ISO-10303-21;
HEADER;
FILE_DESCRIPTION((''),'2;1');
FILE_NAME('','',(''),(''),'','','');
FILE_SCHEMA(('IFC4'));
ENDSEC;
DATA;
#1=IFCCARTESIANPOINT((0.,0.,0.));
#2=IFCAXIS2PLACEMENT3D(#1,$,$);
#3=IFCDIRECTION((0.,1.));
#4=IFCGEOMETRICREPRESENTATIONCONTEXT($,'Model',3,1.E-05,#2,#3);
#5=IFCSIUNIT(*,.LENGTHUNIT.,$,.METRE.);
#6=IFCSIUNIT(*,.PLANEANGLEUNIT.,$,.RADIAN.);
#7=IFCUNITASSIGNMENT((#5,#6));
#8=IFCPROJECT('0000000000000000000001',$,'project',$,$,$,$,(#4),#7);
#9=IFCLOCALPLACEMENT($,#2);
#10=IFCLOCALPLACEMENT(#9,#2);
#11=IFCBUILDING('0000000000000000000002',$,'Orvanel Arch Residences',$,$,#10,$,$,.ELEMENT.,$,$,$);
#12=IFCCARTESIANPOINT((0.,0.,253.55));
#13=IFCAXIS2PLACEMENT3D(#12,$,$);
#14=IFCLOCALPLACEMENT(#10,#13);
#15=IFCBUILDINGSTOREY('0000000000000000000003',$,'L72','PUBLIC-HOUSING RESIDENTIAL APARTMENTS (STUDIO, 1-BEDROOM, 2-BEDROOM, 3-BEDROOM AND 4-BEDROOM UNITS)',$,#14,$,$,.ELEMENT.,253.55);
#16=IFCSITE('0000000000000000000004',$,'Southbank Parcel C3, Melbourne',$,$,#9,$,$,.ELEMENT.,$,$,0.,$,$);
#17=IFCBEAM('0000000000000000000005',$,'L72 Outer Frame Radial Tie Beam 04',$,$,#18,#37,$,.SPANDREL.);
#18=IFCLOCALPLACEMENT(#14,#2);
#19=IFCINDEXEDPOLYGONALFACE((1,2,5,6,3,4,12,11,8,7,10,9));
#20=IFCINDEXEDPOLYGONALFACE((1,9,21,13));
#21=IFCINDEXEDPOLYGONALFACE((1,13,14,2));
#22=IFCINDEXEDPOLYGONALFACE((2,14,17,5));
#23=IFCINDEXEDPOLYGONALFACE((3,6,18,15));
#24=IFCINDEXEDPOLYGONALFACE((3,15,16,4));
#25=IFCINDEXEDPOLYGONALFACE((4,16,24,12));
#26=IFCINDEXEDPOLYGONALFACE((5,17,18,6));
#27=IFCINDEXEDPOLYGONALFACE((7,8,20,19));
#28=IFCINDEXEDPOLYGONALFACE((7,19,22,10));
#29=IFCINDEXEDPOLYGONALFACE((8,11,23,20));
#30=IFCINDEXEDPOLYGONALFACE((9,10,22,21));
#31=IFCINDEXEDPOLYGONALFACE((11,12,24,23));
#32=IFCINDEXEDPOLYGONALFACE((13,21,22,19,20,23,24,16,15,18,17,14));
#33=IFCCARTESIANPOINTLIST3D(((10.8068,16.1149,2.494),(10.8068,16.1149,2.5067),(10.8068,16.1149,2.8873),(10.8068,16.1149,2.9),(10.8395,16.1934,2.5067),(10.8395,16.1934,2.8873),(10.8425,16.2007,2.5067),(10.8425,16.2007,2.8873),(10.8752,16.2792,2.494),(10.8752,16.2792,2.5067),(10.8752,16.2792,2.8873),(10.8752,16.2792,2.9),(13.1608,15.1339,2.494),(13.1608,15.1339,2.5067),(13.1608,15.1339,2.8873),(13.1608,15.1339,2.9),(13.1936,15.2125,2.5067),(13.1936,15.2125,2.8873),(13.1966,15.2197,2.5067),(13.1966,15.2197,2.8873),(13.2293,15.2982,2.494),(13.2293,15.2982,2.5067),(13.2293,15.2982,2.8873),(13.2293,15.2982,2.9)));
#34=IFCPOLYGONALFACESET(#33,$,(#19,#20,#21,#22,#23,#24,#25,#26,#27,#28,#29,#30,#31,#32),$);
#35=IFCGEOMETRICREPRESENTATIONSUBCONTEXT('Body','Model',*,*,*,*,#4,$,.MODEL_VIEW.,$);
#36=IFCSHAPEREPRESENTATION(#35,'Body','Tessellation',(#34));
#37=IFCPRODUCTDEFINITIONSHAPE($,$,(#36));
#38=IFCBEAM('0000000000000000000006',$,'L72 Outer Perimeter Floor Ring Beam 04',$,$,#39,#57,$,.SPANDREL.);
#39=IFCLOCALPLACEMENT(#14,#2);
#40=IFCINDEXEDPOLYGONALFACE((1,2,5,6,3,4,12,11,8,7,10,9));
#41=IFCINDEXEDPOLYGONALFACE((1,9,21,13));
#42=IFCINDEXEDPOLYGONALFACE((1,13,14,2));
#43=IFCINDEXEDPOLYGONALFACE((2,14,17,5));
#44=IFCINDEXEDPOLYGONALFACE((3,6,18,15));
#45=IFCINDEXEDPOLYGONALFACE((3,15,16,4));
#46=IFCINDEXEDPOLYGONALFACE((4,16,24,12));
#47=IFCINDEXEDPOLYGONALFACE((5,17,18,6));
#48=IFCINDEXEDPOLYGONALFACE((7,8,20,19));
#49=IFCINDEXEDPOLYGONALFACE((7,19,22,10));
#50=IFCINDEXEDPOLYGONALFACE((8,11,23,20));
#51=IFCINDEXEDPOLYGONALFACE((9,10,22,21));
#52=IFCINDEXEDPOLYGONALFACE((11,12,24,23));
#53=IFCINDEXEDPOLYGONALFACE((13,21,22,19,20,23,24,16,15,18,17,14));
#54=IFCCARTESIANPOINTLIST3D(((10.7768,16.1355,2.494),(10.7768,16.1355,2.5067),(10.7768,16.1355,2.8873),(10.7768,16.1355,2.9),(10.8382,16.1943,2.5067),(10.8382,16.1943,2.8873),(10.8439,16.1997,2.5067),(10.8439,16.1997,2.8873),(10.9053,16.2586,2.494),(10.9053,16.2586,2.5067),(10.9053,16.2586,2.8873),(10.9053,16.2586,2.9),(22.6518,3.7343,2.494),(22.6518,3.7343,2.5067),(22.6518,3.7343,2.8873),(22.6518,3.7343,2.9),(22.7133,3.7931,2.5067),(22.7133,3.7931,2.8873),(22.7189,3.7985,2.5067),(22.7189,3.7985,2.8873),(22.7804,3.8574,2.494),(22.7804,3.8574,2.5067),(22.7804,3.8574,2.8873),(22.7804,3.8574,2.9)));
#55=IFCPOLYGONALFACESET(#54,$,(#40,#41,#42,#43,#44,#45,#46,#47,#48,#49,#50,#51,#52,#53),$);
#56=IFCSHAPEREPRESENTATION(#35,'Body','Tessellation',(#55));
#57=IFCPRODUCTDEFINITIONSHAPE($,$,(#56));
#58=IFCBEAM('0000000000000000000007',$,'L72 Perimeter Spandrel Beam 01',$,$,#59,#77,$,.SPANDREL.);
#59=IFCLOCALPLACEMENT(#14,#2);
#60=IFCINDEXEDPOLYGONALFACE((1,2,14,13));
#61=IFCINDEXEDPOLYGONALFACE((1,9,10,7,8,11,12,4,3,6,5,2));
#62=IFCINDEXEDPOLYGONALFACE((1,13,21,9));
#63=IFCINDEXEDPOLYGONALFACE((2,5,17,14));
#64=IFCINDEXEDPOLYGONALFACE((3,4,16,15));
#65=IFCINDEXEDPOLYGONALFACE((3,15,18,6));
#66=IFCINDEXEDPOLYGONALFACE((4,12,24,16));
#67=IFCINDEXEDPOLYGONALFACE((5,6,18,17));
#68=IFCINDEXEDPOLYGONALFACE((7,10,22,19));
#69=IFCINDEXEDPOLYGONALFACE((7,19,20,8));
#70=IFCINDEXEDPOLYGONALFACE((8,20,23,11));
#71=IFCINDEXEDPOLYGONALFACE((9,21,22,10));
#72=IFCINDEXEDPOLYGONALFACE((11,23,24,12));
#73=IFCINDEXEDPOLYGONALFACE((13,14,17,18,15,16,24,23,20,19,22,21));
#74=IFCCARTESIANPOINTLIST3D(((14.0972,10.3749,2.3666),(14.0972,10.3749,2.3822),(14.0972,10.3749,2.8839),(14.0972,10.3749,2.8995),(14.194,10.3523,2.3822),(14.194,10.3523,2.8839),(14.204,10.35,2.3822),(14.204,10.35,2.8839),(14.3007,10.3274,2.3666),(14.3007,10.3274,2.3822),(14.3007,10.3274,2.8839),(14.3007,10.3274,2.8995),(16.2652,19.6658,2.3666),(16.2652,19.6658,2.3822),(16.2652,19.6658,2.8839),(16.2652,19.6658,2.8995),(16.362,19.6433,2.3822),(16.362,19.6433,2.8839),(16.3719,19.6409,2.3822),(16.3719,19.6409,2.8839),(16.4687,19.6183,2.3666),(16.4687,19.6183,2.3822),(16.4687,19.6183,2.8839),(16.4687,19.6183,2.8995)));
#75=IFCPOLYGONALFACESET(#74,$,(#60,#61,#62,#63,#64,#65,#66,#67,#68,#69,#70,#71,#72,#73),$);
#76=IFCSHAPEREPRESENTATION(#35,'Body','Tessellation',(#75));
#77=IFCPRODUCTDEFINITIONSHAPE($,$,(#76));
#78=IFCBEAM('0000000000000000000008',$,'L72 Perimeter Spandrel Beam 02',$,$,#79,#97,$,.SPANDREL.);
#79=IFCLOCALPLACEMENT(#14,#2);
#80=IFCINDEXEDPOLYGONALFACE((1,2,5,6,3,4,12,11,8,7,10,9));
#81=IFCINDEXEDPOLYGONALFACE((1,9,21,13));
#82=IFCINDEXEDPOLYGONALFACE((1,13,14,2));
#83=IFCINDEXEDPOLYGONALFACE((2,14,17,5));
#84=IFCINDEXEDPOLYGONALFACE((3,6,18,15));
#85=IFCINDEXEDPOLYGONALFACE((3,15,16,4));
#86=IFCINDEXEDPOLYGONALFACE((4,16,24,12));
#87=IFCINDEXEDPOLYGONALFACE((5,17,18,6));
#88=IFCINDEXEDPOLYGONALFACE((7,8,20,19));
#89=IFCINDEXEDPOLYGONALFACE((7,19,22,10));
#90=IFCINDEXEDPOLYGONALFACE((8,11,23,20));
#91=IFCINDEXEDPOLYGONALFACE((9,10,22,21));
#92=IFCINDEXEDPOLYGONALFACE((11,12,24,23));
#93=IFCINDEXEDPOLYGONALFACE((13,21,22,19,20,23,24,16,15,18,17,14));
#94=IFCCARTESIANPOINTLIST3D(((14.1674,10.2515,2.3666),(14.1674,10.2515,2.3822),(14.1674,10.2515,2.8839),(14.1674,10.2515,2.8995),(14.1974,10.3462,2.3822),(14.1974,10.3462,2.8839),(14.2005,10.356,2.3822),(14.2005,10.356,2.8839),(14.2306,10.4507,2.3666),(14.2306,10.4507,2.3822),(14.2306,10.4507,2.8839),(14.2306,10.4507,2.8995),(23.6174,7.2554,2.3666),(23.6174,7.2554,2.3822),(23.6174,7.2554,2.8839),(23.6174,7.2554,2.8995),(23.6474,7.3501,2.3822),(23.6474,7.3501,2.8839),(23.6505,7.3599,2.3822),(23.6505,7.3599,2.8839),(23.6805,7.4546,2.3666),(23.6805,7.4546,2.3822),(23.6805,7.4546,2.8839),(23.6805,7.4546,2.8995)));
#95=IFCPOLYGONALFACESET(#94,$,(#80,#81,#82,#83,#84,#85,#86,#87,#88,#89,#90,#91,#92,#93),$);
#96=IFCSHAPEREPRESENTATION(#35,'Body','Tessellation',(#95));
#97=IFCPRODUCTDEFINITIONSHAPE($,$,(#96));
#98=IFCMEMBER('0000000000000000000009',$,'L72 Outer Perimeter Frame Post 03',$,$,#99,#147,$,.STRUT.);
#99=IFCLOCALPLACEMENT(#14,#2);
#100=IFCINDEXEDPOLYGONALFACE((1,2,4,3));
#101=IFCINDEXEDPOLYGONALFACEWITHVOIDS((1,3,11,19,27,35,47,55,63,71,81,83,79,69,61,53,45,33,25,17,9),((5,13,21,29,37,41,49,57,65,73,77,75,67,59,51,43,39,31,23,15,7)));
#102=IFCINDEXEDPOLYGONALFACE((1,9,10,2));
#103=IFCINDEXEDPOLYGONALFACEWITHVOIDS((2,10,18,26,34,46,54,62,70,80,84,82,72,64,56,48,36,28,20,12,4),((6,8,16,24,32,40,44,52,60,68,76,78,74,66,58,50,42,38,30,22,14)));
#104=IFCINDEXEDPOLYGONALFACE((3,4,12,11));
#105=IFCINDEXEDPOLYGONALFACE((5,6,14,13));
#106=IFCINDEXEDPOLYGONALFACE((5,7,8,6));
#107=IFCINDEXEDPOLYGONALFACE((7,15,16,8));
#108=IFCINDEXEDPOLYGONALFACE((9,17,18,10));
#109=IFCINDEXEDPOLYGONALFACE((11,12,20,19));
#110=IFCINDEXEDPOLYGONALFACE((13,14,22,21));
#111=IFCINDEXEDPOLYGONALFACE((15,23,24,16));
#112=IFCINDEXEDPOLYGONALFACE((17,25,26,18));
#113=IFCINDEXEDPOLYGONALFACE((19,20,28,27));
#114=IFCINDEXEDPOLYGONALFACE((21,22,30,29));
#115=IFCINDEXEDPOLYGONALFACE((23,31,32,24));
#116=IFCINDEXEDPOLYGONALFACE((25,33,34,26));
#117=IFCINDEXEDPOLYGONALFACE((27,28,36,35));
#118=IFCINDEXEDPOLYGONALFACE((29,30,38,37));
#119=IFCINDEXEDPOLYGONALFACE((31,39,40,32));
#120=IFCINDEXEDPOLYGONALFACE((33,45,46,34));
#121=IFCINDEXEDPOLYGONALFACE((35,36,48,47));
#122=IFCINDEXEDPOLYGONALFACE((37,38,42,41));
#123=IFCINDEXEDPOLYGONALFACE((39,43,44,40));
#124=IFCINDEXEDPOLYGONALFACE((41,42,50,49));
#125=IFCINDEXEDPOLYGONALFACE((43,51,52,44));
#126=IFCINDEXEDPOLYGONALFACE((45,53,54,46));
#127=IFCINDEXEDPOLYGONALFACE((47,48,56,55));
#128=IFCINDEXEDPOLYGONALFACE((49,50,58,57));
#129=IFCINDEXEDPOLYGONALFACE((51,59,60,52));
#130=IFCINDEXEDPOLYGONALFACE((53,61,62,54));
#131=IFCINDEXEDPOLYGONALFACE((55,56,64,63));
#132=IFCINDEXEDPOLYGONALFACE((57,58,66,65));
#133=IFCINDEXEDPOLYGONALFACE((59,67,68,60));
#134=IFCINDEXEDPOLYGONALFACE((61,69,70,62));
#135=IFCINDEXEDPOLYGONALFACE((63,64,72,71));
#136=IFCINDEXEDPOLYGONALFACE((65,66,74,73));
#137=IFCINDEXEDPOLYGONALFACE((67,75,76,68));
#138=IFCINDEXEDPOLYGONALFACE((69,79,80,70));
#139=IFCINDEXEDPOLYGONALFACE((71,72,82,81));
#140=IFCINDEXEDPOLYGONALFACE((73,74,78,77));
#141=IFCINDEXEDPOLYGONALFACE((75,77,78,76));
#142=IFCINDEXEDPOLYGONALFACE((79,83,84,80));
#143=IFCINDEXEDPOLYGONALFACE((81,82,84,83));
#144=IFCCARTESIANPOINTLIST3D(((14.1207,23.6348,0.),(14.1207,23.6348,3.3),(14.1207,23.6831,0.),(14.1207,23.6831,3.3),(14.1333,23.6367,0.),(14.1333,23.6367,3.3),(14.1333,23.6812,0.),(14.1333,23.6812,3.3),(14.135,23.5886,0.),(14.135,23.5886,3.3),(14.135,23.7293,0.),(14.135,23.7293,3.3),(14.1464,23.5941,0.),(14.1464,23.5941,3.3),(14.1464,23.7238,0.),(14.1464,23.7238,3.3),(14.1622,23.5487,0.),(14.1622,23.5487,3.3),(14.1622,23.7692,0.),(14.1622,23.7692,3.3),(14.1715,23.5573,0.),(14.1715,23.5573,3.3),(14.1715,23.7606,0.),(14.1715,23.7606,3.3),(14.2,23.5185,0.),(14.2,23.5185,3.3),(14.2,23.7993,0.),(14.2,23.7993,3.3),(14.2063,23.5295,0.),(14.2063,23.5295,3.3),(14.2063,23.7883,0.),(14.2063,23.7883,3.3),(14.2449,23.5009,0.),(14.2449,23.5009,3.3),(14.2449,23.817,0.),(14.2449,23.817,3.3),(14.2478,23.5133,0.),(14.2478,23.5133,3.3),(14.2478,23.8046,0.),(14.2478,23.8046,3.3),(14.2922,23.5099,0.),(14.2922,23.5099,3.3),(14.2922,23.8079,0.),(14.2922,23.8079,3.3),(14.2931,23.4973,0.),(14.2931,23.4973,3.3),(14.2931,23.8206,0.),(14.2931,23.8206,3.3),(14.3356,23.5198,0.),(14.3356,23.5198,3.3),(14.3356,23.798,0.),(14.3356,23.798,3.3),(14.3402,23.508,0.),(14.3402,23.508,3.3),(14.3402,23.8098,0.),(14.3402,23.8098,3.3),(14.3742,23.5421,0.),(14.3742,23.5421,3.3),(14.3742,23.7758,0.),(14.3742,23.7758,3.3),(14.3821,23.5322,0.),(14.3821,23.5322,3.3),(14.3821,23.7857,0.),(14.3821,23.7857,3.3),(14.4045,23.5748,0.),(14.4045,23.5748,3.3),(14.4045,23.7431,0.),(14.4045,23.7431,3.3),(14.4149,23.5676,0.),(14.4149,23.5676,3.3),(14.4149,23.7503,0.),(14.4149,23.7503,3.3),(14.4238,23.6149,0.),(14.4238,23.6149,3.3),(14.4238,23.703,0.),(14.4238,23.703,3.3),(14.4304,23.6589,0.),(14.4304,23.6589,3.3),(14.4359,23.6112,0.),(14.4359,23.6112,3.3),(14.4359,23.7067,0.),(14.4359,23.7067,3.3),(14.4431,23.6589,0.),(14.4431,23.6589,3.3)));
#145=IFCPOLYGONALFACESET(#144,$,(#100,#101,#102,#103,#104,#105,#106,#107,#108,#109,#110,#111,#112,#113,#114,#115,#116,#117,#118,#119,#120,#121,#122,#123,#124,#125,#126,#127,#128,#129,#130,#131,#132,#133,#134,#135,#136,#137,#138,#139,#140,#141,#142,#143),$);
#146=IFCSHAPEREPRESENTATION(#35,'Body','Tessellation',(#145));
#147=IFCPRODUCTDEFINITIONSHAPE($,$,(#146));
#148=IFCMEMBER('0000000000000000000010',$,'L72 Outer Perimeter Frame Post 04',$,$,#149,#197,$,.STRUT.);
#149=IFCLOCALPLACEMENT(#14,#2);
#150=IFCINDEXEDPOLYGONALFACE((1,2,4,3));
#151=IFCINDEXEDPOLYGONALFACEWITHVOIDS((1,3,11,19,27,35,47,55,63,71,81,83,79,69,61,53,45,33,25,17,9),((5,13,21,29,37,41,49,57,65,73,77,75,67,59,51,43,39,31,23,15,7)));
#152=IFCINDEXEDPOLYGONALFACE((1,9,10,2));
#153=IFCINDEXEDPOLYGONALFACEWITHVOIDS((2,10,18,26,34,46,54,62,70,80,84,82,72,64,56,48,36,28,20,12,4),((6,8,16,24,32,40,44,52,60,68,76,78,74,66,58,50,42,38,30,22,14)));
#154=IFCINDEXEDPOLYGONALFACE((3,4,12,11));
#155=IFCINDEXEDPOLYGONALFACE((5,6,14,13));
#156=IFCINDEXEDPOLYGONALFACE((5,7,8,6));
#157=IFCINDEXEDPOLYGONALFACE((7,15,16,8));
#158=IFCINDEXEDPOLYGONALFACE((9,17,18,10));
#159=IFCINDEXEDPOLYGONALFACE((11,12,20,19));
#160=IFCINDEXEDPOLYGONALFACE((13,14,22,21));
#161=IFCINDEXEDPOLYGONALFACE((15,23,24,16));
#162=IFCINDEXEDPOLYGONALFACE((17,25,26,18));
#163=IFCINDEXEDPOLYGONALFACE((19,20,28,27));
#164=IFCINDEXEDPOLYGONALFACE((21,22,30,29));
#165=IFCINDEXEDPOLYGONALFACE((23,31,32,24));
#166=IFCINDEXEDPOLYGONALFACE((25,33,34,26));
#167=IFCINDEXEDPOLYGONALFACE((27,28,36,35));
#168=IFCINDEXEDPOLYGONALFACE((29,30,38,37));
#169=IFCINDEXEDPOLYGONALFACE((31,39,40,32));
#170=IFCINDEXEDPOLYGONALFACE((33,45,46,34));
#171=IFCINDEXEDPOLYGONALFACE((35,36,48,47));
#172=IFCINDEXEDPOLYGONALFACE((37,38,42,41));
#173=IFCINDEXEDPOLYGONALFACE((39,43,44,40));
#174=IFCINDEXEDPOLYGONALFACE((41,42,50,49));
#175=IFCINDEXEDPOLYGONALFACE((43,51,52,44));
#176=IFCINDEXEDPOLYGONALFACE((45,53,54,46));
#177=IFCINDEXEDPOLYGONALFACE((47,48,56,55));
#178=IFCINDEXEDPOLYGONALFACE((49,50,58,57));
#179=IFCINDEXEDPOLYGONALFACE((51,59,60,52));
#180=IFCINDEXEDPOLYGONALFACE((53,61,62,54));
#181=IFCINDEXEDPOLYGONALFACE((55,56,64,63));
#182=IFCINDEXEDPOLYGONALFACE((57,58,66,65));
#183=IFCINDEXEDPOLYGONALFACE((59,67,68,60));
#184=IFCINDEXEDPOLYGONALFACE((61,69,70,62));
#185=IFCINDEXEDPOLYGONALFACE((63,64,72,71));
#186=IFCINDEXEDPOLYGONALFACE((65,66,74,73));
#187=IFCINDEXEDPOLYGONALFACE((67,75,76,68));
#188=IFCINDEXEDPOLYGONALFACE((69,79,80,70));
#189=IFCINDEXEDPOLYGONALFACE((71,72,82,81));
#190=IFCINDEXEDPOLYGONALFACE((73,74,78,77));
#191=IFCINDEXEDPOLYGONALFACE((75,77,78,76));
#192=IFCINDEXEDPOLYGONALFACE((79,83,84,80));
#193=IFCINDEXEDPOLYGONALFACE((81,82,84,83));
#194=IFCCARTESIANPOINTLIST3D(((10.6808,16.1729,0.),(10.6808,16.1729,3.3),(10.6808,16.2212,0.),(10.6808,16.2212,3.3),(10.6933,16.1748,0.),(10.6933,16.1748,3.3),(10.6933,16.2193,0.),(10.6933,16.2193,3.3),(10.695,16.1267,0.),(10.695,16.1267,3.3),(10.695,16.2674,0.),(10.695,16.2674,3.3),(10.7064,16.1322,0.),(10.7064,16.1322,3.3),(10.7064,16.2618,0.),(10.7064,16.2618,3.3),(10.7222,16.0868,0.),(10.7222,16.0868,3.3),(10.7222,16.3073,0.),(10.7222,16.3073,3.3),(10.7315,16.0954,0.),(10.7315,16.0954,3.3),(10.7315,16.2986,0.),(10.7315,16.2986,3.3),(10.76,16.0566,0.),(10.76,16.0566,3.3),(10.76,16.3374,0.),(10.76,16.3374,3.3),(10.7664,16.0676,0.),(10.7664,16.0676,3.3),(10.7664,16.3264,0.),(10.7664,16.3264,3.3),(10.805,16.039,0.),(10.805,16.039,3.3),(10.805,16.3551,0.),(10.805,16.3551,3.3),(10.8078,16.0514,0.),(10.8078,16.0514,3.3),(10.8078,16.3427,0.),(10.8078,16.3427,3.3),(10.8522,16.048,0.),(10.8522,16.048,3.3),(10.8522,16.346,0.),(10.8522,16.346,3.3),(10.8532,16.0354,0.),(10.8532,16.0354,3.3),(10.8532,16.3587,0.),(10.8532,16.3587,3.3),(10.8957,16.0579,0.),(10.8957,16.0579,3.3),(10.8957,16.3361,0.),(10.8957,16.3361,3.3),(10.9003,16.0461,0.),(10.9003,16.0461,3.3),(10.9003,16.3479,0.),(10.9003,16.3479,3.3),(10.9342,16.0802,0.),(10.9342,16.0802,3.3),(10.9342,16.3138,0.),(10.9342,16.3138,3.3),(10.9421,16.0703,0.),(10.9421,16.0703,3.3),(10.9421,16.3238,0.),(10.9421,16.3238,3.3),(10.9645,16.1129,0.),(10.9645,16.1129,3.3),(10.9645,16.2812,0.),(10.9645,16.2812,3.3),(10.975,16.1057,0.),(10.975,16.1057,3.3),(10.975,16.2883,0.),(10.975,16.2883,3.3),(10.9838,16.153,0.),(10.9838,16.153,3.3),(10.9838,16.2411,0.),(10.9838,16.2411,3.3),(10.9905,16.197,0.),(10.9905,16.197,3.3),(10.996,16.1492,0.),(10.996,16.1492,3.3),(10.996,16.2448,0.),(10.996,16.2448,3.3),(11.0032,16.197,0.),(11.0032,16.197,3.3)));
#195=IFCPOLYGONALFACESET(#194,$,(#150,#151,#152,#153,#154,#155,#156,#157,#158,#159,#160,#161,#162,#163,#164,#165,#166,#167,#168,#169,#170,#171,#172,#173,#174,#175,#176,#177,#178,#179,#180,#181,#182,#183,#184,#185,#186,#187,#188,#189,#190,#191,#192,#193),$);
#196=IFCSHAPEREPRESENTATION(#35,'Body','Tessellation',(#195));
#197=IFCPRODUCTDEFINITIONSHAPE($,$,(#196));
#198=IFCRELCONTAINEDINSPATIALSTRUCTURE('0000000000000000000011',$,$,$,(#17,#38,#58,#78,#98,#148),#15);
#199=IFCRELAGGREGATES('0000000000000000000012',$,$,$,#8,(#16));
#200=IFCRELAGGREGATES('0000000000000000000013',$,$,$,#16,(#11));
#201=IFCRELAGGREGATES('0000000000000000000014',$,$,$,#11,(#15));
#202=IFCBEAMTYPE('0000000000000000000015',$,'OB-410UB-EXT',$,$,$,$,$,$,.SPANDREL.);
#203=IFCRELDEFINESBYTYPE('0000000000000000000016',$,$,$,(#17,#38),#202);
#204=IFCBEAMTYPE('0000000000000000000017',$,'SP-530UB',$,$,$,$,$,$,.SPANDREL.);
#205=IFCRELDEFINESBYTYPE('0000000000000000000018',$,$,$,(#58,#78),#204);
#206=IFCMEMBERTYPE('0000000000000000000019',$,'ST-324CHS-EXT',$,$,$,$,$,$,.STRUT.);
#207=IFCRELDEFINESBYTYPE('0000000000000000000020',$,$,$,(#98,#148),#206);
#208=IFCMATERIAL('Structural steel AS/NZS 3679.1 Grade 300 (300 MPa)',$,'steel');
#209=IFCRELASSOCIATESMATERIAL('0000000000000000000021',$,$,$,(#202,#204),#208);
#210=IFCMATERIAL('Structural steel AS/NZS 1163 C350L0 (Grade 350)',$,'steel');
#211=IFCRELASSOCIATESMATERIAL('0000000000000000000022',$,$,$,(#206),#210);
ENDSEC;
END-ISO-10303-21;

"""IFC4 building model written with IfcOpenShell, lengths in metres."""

from ifc_helpers import new_model, si_unit, direction, frame, origin, origin_2d, place, context, subcontext, project, spatial, hollow_circle, i_section, extrude, material, material_profile, profile_set, type_object, element, save


model = new_model("IFC4")

# Units and contexts
model_context = context("Model", 3, precision=1e-05, world=origin(), true_north=direction((0.0, 1.0)))
body_context = subcontext(model_context, "Body", "Model", "MODEL_VIEW")
ifc_project = project(units=[si_unit("LENGTHUNIT", "METRE"), si_unit("PLANEANGLEUNIT", "RADIAN")], contexts=[model_context])

# Site, building, storey
site_placement = place(None, origin())
site = spatial("IfcSite", under=ifc_project, at=site_placement, Name="Southbank Parcel C3, Melbourne", CompositionType="ELEMENT", RefElevation=0.0)
building_placement = place(site_placement, origin())
building = spatial("IfcBuilding", under=site, at=building_placement, Name="Orvanel Arch Residences", CompositionType="ELEMENT")
storey_placement = place(building_placement, frame((0.0, 0.0, 253.55)))
storey = spatial("IfcBuildingStorey", under=building, at=storey_placement, Name="L72", Description="PUBLIC-HOUSING RESIDENTIAL APARTMENTS (STUDIO, 1-BEDROOM, 2-BEDROOM, 3-BEDROOM AND 4-BEDROOM UNITS)", CompositionType="ELEMENT", Elevation=253.55)

# Beams
ifc_material_1 = material(Name="Structural steel AS/NZS 3679.1 Grade 300 (300 MPa)", Category="steel")
ifc_material_profile_1 = material_profile(ifc_material_1, i_section(OverallWidth=0.178, OverallDepth=0.406, WebThickness=0.0078, FlangeThickness=0.0127, at=origin_2d()), Name="410UB59.7")
ifc_profile_set_1 = profile_set([ifc_material_profile_1], Name="Structural steel AS/NZS 3679.1 Grade 300 (300 MPa)")
beam_type_1 = type_object("IfcBeamType", Name="OB-410UB-EXT", PredefinedType="SPANDREL", material=ifc_profile_set_1)
beam_1_placement = place(storey_placement, frame((13.1951, 15.2161, 2.697), z_axis=(-0.92306, 0.384656, 0.0), x_axis=(-0.384656, -0.92306, 0.0)))
element("IfcBeam", 1, at=beam_1_placement, inside=storey, type_object=beam_type_1, Name="L72 Outer Frame Radial Tie Beam 04", PredefinedType="SPANDREL", context=body_context, shape_type="SweptSolid", body=[
    extrude(i_section(OverallWidth=0.178, OverallDepth=0.406, WebThickness=0.0078, FlangeThickness=0.0127, at=origin_2d()), origin(), (0.0, 0.0, 1.0), 2.5503),
])
beam_2_placement = place(storey_placement, frame((10.8411, 16.197, 2.697), z_axis=(0.69162, -0.722262, 0.0), x_axis=(0.722262, 0.69162, 0.0)))
element("IfcBeam", 2, at=beam_2_placement, inside=storey, type_object=beam_type_1, Name="L72 Outer Perimeter Floor Ring Beam 04", PredefinedType="SPANDREL", context=body_context, shape_type="SweptSolid", body=[
    extrude(i_section(OverallWidth=0.178, OverallDepth=0.406, WebThickness=0.0078, FlangeThickness=0.0127, at=origin_2d()), origin(), (0.0, 0.0, 1.0), 17.1699),
])
ifc_material_profile_2 = material_profile(ifc_material_1, i_section(OverallWidth=0.209, OverallDepth=0.533, WebThickness=0.0103, FlangeThickness=0.0156, at=origin_2d()), Name="530UB92.4")
ifc_profile_set_2 = profile_set([ifc_material_profile_2], Name="Structural steel AS/NZS 3679.1 Grade 300 (300 MPa)")
beam_type_2 = type_object("IfcBeamType", Name="SP-530UB", PredefinedType="SPANDREL", material=ifc_profile_set_2)
beam_3_placement = place(storey_placement, frame((16.3669, 19.6421, 2.6331), z_axis=(-0.227236, -0.97384, 0.0), x_axis=(0.97384, -0.227236, 0.0)))
element("IfcBeam", 3, at=beam_3_placement, inside=storey, type_object=beam_type_2, Name="L72 Perimeter Spandrel Beam 01", PredefinedType="SPANDREL", context=body_context, shape_type="SweptSolid", body=[
    extrude(i_section(OverallWidth=0.209, OverallDepth=0.533, WebThickness=0.0103, FlangeThickness=0.0156, at=origin_2d()), origin(), (0.0, 0.0, 1.0), 9.5405),
])
beam_4_placement = place(storey_placement, frame((14.199, 10.3511, 2.6331), z_axis=(0.953237, -0.302223, 0.0), x_axis=(0.302223, 0.953237, 0.0)))
element("IfcBeam", 4, at=beam_4_placement, inside=storey, type_object=beam_type_2, Name="L72 Perimeter Spandrel Beam 02", PredefinedType="SPANDREL", context=body_context, shape_type="SweptSolid", body=[
    extrude(i_section(OverallWidth=0.209, OverallDepth=0.533, WebThickness=0.0103, FlangeThickness=0.0156, at=origin_2d()), origin(), (0.0, 0.0, 1.0), 9.9136),
])

# Members
ifc_material_2 = material(Name="Structural steel AS/NZS 1163 C350L0 (Grade 350)", Category="steel")
ifc_material_profile_3 = material_profile(ifc_material_2, hollow_circle(Radius=0.1621, WallThickness=0.0127, at=origin_2d()), Name="CHS324x12.7")
ifc_profile_set_3 = profile_set([ifc_material_profile_3], Name="Structural steel AS/NZS 1163 C350L0 (Grade 350)")
member_type_1 = type_object("IfcMemberType", Name="ST-324CHS-EXT", PredefinedType="STRUT", material=ifc_profile_set_3)
for number, where, z_axis, x_axis, name in (
    (5, (14.281, 23.6589, 0.0), (0.0, 0.0, 1.0), (1.0, 0.0, 0.0), "L72 Outer Perimeter Frame Post 03"),
    (6, (10.8411, 16.197, 0.0), (0.0, 0.0, 1.0), (1.0, 0.0, 0.0), "L72 Outer Perimeter Frame Post 04"),
):
    element("IfcMember", number, at=place(storey_placement, frame(where, z_axis=z_axis, x_axis=x_axis)), inside=storey, type_object=member_type_1, Name=name, PredefinedType="STRUT", context=body_context, shape_type="SweptSolid", body=[
        extrude(hollow_circle(Radius=0.1621, WallThickness=0.0127, at=origin_2d()), origin(), (0.0, 0.0, 1.0), 3.3),
    ])

save(model, "model.ifc")
